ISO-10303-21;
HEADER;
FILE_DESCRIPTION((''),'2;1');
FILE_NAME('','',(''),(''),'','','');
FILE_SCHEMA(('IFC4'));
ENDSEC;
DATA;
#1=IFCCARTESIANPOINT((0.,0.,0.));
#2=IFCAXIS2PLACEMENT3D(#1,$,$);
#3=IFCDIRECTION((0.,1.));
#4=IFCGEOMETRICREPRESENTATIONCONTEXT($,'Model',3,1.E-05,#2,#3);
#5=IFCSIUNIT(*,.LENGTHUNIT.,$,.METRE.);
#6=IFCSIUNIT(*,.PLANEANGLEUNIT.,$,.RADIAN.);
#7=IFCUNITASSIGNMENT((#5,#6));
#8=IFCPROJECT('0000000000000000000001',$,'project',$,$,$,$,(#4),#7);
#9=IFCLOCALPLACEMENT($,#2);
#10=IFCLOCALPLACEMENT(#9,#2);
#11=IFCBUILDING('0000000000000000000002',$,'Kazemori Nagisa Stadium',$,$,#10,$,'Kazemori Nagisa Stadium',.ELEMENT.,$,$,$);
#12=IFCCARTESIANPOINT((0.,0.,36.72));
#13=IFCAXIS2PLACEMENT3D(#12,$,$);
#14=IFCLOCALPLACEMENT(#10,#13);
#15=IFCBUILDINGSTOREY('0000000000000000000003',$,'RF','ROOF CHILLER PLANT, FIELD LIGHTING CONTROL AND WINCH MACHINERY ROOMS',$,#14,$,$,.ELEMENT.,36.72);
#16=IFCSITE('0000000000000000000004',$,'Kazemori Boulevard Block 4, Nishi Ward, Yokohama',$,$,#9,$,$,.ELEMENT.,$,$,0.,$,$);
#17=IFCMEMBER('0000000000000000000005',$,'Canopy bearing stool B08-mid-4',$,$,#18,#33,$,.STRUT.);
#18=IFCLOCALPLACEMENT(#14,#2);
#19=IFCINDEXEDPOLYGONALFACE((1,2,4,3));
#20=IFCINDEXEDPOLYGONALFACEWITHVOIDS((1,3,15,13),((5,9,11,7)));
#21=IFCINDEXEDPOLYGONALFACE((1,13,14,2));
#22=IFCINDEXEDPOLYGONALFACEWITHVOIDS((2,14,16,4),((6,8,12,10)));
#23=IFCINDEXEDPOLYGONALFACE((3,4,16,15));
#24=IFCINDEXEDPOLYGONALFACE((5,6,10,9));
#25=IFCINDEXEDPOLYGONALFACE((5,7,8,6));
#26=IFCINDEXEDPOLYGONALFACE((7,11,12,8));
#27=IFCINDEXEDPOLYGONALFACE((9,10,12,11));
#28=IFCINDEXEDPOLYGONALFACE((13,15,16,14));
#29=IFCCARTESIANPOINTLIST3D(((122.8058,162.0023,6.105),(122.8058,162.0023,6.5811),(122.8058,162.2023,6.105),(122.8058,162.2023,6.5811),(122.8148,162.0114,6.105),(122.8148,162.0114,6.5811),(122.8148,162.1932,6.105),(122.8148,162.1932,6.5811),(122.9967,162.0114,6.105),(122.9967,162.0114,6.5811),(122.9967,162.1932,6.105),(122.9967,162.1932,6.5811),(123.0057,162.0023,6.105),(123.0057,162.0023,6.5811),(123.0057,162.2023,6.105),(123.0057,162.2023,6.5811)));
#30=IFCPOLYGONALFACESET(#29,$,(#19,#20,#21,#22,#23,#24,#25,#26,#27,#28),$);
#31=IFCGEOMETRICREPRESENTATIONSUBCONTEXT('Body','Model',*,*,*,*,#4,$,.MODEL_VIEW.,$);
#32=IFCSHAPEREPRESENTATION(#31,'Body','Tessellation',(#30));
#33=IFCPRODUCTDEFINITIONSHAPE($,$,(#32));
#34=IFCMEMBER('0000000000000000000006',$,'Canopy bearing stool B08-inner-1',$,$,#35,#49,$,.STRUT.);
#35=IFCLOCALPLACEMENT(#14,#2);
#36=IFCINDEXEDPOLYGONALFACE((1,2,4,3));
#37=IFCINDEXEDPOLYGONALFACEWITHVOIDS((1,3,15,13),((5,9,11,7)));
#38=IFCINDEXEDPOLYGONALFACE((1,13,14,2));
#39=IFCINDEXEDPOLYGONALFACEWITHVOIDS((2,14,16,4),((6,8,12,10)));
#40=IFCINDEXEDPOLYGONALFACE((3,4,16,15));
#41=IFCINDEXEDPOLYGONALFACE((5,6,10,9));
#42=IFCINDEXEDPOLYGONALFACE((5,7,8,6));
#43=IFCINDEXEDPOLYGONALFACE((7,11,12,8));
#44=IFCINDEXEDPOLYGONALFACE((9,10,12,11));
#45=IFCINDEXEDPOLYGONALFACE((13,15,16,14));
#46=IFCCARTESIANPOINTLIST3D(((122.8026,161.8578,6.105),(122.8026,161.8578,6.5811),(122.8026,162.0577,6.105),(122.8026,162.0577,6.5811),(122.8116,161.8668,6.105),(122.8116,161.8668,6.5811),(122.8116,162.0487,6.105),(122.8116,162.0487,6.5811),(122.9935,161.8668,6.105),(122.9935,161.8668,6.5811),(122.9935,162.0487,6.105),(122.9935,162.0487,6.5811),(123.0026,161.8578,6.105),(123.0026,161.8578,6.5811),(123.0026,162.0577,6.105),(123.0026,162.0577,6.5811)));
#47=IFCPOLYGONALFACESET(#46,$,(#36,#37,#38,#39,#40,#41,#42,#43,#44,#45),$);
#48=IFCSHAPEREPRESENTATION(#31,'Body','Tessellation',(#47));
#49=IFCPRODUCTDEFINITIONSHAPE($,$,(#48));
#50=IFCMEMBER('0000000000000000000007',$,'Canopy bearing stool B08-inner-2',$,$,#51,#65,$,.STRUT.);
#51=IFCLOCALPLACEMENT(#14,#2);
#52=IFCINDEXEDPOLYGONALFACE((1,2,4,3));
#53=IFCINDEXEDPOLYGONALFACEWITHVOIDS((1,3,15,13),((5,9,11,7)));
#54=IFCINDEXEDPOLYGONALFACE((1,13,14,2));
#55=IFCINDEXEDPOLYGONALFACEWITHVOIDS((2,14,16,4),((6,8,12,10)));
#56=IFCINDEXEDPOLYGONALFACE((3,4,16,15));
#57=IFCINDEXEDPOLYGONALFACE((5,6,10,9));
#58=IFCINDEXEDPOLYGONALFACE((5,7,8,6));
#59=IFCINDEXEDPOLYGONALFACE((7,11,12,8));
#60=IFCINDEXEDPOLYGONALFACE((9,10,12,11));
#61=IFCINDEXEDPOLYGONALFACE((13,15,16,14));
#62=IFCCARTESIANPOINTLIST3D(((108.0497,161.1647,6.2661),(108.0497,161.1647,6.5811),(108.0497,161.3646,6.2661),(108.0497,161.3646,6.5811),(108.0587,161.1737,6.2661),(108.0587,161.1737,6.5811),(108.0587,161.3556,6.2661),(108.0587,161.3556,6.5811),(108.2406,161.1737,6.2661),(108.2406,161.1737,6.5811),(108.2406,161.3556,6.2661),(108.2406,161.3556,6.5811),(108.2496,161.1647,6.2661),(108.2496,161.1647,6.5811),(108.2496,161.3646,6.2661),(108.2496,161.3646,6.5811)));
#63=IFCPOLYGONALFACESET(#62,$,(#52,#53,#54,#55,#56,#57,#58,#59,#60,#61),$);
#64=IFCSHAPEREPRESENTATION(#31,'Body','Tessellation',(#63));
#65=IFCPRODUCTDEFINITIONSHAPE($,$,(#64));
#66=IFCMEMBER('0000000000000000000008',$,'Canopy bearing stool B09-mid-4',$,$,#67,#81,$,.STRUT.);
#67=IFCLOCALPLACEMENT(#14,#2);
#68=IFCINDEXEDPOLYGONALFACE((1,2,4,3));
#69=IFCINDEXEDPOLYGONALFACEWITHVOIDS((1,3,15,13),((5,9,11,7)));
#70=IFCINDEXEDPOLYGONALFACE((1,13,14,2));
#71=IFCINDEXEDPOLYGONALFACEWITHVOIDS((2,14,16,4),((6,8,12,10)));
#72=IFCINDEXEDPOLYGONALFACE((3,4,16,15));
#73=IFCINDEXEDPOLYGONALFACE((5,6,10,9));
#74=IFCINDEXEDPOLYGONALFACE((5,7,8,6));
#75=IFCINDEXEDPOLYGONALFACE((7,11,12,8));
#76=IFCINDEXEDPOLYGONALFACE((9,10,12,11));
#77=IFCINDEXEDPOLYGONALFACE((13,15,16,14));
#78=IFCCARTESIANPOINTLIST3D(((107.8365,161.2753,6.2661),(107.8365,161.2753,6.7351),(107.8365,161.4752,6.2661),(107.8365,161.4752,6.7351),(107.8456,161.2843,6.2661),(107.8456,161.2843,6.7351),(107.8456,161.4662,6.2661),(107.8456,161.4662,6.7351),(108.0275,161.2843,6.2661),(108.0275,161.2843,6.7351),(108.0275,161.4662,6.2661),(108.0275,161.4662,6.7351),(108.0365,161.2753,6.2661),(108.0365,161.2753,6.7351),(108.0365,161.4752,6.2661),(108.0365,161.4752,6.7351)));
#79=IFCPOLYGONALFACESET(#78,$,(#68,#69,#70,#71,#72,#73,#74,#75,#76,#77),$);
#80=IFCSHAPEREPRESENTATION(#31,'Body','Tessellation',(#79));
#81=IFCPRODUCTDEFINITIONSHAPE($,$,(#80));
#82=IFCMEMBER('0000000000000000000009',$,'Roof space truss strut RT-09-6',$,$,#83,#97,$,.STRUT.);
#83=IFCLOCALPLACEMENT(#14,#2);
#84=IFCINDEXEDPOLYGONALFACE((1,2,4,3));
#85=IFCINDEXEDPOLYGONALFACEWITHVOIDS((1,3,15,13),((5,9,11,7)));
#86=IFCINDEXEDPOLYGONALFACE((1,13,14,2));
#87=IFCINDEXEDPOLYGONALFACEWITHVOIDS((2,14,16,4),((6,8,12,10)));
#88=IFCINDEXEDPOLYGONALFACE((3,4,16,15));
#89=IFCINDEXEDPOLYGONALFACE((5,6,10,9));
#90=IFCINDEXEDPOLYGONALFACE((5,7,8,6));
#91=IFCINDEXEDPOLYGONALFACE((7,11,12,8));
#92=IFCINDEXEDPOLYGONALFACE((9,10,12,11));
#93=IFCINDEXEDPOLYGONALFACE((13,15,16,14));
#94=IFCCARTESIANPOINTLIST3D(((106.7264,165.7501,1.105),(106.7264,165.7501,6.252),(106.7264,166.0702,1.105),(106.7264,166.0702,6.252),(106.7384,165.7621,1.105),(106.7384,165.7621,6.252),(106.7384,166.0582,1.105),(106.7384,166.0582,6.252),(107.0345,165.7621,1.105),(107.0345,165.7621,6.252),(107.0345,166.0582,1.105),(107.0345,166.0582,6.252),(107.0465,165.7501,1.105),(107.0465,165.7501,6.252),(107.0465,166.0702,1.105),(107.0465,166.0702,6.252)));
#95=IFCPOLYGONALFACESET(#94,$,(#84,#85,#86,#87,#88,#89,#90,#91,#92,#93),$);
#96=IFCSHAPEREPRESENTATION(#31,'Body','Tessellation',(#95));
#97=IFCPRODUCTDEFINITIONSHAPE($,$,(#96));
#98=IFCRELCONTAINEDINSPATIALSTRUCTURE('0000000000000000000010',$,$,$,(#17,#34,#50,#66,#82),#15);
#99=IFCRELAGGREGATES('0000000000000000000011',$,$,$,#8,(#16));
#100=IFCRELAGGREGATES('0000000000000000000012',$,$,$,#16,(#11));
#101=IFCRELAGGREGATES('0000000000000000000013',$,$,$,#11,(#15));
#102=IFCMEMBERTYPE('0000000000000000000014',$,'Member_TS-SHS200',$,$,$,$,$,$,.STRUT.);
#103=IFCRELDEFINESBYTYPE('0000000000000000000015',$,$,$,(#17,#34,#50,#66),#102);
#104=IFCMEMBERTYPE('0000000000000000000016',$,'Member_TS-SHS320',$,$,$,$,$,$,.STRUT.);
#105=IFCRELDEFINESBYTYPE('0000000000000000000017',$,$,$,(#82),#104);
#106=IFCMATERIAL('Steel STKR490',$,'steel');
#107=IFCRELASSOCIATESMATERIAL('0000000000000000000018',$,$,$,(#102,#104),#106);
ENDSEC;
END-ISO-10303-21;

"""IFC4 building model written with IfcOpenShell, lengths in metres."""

from ifc_helpers import new_model, si_unit, direction, frame, origin, origin_2d, place, context, subcontext, project, spatial, hollow_rectangle, extrude, material, material_profile, profile_set, type_object, element, save


model = new_model("IFC4")

# Units and contexts
model_context = context("Model", 3, precision=1e-05, world=origin(), true_north=direction((0.0, 1.0)))
body_context = subcontext(model_context, "Body", "Model", "MODEL_VIEW")
ifc_project = project(units=[si_unit("LENGTHUNIT", "METRE"), si_unit("PLANEANGLEUNIT", "RADIAN")], contexts=[model_context])

# Site, building, storey
site_placement = place(None, origin())
site = spatial("IfcSite", under=ifc_project, at=site_placement, Name="Kazemori Boulevard Block 4, Nishi Ward, Yokohama", CompositionType="ELEMENT", RefElevation=0.0)
building_placement = place(site_placement, origin())
building = spatial("IfcBuilding", under=site, at=building_placement, Name="Kazemori Nagisa Stadium", LongName="Kazemori Nagisa Stadium", CompositionType="ELEMENT")
storey_placement = place(building_placement, frame((0.0, 0.0, 36.72)))
storey = spatial("IfcBuildingStorey", under=building, at=storey_placement, Name="RF", Description="ROOF CHILLER PLANT, FIELD LIGHTING CONTROL AND WINCH MACHINERY ROOMS", CompositionType="ELEMENT", Elevation=36.72)

# Members
ifc_material_1 = material(Name="Steel STKR490", Category="steel")
ifc_material_profile_1 = material_profile(ifc_material_1, hollow_rectangle(XDim=0.2, YDim=0.2, WallThickness=0.009, at=origin_2d()), Name="SHS-200x200x9")
ifc_profile_set_1 = profile_set([ifc_material_profile_1], Name="Steel STKR490")
member_type_1 = type_object("IfcMemberType", Name="Member_TS-SHS200", PredefinedType="STRUT", material=ifc_profile_set_1)
for number, where, z_axis, x_axis, name in (
    (1, (122.9058, 162.1023, 6.105), (0.0, 0.0, 1.0), (1.0, 0.0, 0.0), "Canopy bearing stool B08-mid-4"),
    (2, (122.9026, 161.9578, 6.105), (0.0, 0.0, 1.0), (1.0, 0.0, 0.0), "Canopy bearing stool B08-inner-1"),
):
    element("IfcMember", number, at=place(storey_placement, frame(where, z_axis=z_axis, x_axis=x_axis)), inside=storey, type_object=member_type_1, Name=name, PredefinedType="STRUT", context=body_context, shape_type="SweptSolid", body=[
        extrude(hollow_rectangle(XDim=0.2, YDim=0.2, WallThickness=0.009, at=origin_2d()), origin(), (0.0, 0.0, 1.0), 0.4761),
    ])
member_1_placement = place(storey_placement, frame((108.1497, 161.2646, 6.2661), z_axis=(0.0, 0.0, 1.0), x_axis=(1.0, 0.0, 0.0)))
element("IfcMember", 3, at=member_1_placement, inside=storey, type_object=member_type_1, Name="Canopy bearing stool B08-inner-2", PredefinedType="STRUT", context=body_context, shape_type="SweptSolid", body=[
    extrude(hollow_rectangle(XDim=0.2, YDim=0.2, WallThickness=0.009, at=origin_2d()), origin(), (0.0, 0.0, 1.0), 0.3149),
])
member_2_placement = place(storey_placement, frame((107.9365, 161.3752, 6.2661), z_axis=(0.0, 0.0, 1.0), x_axis=(1.0, 0.0, 0.0)))
element("IfcMember", 4, at=member_2_placement, inside=storey, type_object=member_type_1, Name="Canopy bearing stool B09-mid-4", PredefinedType="STRUT", context=body_context, shape_type="SweptSolid", body=[
    extrude(hollow_rectangle(XDim=0.2, YDim=0.2, WallThickness=0.009, at=origin_2d()), origin(), (0.0, 0.0, 1.0), 0.469),
])
ifc_material_profile_2 = material_profile(ifc_material_1, hollow_rectangle(XDim=0.3201, YDim=0.3201, WallThickness=0.012, at=origin_2d()), Name="SHS-320x320x12")
ifc_profile_set_2 = profile_set([ifc_material_profile_2], Name="Steel STKR490")
member_type_2 = type_object("IfcMemberType", Name="Member_TS-SHS320", PredefinedType="STRUT", material=ifc_profile_set_2)
member_3_placement = place(storey_placement, frame((106.8865, 165.9102, 1.105), z_axis=(0.0, 0.0, 1.0), x_axis=(1.0, 0.0, 0.0)))
element("IfcMember", 5, at=member_3_placement, inside=storey, type_object=member_type_2, Name="Roof space truss strut RT-09-6", PredefinedType="STRUT", context=body_context, shape_type="SweptSolid", body=[
    extrude(hollow_rectangle(XDim=0.3201, YDim=0.3201, WallThickness=0.012, at=origin_2d()), origin(), (0.0, 0.0, 1.0), 5.147),
])

save(model, "model.ifc")
